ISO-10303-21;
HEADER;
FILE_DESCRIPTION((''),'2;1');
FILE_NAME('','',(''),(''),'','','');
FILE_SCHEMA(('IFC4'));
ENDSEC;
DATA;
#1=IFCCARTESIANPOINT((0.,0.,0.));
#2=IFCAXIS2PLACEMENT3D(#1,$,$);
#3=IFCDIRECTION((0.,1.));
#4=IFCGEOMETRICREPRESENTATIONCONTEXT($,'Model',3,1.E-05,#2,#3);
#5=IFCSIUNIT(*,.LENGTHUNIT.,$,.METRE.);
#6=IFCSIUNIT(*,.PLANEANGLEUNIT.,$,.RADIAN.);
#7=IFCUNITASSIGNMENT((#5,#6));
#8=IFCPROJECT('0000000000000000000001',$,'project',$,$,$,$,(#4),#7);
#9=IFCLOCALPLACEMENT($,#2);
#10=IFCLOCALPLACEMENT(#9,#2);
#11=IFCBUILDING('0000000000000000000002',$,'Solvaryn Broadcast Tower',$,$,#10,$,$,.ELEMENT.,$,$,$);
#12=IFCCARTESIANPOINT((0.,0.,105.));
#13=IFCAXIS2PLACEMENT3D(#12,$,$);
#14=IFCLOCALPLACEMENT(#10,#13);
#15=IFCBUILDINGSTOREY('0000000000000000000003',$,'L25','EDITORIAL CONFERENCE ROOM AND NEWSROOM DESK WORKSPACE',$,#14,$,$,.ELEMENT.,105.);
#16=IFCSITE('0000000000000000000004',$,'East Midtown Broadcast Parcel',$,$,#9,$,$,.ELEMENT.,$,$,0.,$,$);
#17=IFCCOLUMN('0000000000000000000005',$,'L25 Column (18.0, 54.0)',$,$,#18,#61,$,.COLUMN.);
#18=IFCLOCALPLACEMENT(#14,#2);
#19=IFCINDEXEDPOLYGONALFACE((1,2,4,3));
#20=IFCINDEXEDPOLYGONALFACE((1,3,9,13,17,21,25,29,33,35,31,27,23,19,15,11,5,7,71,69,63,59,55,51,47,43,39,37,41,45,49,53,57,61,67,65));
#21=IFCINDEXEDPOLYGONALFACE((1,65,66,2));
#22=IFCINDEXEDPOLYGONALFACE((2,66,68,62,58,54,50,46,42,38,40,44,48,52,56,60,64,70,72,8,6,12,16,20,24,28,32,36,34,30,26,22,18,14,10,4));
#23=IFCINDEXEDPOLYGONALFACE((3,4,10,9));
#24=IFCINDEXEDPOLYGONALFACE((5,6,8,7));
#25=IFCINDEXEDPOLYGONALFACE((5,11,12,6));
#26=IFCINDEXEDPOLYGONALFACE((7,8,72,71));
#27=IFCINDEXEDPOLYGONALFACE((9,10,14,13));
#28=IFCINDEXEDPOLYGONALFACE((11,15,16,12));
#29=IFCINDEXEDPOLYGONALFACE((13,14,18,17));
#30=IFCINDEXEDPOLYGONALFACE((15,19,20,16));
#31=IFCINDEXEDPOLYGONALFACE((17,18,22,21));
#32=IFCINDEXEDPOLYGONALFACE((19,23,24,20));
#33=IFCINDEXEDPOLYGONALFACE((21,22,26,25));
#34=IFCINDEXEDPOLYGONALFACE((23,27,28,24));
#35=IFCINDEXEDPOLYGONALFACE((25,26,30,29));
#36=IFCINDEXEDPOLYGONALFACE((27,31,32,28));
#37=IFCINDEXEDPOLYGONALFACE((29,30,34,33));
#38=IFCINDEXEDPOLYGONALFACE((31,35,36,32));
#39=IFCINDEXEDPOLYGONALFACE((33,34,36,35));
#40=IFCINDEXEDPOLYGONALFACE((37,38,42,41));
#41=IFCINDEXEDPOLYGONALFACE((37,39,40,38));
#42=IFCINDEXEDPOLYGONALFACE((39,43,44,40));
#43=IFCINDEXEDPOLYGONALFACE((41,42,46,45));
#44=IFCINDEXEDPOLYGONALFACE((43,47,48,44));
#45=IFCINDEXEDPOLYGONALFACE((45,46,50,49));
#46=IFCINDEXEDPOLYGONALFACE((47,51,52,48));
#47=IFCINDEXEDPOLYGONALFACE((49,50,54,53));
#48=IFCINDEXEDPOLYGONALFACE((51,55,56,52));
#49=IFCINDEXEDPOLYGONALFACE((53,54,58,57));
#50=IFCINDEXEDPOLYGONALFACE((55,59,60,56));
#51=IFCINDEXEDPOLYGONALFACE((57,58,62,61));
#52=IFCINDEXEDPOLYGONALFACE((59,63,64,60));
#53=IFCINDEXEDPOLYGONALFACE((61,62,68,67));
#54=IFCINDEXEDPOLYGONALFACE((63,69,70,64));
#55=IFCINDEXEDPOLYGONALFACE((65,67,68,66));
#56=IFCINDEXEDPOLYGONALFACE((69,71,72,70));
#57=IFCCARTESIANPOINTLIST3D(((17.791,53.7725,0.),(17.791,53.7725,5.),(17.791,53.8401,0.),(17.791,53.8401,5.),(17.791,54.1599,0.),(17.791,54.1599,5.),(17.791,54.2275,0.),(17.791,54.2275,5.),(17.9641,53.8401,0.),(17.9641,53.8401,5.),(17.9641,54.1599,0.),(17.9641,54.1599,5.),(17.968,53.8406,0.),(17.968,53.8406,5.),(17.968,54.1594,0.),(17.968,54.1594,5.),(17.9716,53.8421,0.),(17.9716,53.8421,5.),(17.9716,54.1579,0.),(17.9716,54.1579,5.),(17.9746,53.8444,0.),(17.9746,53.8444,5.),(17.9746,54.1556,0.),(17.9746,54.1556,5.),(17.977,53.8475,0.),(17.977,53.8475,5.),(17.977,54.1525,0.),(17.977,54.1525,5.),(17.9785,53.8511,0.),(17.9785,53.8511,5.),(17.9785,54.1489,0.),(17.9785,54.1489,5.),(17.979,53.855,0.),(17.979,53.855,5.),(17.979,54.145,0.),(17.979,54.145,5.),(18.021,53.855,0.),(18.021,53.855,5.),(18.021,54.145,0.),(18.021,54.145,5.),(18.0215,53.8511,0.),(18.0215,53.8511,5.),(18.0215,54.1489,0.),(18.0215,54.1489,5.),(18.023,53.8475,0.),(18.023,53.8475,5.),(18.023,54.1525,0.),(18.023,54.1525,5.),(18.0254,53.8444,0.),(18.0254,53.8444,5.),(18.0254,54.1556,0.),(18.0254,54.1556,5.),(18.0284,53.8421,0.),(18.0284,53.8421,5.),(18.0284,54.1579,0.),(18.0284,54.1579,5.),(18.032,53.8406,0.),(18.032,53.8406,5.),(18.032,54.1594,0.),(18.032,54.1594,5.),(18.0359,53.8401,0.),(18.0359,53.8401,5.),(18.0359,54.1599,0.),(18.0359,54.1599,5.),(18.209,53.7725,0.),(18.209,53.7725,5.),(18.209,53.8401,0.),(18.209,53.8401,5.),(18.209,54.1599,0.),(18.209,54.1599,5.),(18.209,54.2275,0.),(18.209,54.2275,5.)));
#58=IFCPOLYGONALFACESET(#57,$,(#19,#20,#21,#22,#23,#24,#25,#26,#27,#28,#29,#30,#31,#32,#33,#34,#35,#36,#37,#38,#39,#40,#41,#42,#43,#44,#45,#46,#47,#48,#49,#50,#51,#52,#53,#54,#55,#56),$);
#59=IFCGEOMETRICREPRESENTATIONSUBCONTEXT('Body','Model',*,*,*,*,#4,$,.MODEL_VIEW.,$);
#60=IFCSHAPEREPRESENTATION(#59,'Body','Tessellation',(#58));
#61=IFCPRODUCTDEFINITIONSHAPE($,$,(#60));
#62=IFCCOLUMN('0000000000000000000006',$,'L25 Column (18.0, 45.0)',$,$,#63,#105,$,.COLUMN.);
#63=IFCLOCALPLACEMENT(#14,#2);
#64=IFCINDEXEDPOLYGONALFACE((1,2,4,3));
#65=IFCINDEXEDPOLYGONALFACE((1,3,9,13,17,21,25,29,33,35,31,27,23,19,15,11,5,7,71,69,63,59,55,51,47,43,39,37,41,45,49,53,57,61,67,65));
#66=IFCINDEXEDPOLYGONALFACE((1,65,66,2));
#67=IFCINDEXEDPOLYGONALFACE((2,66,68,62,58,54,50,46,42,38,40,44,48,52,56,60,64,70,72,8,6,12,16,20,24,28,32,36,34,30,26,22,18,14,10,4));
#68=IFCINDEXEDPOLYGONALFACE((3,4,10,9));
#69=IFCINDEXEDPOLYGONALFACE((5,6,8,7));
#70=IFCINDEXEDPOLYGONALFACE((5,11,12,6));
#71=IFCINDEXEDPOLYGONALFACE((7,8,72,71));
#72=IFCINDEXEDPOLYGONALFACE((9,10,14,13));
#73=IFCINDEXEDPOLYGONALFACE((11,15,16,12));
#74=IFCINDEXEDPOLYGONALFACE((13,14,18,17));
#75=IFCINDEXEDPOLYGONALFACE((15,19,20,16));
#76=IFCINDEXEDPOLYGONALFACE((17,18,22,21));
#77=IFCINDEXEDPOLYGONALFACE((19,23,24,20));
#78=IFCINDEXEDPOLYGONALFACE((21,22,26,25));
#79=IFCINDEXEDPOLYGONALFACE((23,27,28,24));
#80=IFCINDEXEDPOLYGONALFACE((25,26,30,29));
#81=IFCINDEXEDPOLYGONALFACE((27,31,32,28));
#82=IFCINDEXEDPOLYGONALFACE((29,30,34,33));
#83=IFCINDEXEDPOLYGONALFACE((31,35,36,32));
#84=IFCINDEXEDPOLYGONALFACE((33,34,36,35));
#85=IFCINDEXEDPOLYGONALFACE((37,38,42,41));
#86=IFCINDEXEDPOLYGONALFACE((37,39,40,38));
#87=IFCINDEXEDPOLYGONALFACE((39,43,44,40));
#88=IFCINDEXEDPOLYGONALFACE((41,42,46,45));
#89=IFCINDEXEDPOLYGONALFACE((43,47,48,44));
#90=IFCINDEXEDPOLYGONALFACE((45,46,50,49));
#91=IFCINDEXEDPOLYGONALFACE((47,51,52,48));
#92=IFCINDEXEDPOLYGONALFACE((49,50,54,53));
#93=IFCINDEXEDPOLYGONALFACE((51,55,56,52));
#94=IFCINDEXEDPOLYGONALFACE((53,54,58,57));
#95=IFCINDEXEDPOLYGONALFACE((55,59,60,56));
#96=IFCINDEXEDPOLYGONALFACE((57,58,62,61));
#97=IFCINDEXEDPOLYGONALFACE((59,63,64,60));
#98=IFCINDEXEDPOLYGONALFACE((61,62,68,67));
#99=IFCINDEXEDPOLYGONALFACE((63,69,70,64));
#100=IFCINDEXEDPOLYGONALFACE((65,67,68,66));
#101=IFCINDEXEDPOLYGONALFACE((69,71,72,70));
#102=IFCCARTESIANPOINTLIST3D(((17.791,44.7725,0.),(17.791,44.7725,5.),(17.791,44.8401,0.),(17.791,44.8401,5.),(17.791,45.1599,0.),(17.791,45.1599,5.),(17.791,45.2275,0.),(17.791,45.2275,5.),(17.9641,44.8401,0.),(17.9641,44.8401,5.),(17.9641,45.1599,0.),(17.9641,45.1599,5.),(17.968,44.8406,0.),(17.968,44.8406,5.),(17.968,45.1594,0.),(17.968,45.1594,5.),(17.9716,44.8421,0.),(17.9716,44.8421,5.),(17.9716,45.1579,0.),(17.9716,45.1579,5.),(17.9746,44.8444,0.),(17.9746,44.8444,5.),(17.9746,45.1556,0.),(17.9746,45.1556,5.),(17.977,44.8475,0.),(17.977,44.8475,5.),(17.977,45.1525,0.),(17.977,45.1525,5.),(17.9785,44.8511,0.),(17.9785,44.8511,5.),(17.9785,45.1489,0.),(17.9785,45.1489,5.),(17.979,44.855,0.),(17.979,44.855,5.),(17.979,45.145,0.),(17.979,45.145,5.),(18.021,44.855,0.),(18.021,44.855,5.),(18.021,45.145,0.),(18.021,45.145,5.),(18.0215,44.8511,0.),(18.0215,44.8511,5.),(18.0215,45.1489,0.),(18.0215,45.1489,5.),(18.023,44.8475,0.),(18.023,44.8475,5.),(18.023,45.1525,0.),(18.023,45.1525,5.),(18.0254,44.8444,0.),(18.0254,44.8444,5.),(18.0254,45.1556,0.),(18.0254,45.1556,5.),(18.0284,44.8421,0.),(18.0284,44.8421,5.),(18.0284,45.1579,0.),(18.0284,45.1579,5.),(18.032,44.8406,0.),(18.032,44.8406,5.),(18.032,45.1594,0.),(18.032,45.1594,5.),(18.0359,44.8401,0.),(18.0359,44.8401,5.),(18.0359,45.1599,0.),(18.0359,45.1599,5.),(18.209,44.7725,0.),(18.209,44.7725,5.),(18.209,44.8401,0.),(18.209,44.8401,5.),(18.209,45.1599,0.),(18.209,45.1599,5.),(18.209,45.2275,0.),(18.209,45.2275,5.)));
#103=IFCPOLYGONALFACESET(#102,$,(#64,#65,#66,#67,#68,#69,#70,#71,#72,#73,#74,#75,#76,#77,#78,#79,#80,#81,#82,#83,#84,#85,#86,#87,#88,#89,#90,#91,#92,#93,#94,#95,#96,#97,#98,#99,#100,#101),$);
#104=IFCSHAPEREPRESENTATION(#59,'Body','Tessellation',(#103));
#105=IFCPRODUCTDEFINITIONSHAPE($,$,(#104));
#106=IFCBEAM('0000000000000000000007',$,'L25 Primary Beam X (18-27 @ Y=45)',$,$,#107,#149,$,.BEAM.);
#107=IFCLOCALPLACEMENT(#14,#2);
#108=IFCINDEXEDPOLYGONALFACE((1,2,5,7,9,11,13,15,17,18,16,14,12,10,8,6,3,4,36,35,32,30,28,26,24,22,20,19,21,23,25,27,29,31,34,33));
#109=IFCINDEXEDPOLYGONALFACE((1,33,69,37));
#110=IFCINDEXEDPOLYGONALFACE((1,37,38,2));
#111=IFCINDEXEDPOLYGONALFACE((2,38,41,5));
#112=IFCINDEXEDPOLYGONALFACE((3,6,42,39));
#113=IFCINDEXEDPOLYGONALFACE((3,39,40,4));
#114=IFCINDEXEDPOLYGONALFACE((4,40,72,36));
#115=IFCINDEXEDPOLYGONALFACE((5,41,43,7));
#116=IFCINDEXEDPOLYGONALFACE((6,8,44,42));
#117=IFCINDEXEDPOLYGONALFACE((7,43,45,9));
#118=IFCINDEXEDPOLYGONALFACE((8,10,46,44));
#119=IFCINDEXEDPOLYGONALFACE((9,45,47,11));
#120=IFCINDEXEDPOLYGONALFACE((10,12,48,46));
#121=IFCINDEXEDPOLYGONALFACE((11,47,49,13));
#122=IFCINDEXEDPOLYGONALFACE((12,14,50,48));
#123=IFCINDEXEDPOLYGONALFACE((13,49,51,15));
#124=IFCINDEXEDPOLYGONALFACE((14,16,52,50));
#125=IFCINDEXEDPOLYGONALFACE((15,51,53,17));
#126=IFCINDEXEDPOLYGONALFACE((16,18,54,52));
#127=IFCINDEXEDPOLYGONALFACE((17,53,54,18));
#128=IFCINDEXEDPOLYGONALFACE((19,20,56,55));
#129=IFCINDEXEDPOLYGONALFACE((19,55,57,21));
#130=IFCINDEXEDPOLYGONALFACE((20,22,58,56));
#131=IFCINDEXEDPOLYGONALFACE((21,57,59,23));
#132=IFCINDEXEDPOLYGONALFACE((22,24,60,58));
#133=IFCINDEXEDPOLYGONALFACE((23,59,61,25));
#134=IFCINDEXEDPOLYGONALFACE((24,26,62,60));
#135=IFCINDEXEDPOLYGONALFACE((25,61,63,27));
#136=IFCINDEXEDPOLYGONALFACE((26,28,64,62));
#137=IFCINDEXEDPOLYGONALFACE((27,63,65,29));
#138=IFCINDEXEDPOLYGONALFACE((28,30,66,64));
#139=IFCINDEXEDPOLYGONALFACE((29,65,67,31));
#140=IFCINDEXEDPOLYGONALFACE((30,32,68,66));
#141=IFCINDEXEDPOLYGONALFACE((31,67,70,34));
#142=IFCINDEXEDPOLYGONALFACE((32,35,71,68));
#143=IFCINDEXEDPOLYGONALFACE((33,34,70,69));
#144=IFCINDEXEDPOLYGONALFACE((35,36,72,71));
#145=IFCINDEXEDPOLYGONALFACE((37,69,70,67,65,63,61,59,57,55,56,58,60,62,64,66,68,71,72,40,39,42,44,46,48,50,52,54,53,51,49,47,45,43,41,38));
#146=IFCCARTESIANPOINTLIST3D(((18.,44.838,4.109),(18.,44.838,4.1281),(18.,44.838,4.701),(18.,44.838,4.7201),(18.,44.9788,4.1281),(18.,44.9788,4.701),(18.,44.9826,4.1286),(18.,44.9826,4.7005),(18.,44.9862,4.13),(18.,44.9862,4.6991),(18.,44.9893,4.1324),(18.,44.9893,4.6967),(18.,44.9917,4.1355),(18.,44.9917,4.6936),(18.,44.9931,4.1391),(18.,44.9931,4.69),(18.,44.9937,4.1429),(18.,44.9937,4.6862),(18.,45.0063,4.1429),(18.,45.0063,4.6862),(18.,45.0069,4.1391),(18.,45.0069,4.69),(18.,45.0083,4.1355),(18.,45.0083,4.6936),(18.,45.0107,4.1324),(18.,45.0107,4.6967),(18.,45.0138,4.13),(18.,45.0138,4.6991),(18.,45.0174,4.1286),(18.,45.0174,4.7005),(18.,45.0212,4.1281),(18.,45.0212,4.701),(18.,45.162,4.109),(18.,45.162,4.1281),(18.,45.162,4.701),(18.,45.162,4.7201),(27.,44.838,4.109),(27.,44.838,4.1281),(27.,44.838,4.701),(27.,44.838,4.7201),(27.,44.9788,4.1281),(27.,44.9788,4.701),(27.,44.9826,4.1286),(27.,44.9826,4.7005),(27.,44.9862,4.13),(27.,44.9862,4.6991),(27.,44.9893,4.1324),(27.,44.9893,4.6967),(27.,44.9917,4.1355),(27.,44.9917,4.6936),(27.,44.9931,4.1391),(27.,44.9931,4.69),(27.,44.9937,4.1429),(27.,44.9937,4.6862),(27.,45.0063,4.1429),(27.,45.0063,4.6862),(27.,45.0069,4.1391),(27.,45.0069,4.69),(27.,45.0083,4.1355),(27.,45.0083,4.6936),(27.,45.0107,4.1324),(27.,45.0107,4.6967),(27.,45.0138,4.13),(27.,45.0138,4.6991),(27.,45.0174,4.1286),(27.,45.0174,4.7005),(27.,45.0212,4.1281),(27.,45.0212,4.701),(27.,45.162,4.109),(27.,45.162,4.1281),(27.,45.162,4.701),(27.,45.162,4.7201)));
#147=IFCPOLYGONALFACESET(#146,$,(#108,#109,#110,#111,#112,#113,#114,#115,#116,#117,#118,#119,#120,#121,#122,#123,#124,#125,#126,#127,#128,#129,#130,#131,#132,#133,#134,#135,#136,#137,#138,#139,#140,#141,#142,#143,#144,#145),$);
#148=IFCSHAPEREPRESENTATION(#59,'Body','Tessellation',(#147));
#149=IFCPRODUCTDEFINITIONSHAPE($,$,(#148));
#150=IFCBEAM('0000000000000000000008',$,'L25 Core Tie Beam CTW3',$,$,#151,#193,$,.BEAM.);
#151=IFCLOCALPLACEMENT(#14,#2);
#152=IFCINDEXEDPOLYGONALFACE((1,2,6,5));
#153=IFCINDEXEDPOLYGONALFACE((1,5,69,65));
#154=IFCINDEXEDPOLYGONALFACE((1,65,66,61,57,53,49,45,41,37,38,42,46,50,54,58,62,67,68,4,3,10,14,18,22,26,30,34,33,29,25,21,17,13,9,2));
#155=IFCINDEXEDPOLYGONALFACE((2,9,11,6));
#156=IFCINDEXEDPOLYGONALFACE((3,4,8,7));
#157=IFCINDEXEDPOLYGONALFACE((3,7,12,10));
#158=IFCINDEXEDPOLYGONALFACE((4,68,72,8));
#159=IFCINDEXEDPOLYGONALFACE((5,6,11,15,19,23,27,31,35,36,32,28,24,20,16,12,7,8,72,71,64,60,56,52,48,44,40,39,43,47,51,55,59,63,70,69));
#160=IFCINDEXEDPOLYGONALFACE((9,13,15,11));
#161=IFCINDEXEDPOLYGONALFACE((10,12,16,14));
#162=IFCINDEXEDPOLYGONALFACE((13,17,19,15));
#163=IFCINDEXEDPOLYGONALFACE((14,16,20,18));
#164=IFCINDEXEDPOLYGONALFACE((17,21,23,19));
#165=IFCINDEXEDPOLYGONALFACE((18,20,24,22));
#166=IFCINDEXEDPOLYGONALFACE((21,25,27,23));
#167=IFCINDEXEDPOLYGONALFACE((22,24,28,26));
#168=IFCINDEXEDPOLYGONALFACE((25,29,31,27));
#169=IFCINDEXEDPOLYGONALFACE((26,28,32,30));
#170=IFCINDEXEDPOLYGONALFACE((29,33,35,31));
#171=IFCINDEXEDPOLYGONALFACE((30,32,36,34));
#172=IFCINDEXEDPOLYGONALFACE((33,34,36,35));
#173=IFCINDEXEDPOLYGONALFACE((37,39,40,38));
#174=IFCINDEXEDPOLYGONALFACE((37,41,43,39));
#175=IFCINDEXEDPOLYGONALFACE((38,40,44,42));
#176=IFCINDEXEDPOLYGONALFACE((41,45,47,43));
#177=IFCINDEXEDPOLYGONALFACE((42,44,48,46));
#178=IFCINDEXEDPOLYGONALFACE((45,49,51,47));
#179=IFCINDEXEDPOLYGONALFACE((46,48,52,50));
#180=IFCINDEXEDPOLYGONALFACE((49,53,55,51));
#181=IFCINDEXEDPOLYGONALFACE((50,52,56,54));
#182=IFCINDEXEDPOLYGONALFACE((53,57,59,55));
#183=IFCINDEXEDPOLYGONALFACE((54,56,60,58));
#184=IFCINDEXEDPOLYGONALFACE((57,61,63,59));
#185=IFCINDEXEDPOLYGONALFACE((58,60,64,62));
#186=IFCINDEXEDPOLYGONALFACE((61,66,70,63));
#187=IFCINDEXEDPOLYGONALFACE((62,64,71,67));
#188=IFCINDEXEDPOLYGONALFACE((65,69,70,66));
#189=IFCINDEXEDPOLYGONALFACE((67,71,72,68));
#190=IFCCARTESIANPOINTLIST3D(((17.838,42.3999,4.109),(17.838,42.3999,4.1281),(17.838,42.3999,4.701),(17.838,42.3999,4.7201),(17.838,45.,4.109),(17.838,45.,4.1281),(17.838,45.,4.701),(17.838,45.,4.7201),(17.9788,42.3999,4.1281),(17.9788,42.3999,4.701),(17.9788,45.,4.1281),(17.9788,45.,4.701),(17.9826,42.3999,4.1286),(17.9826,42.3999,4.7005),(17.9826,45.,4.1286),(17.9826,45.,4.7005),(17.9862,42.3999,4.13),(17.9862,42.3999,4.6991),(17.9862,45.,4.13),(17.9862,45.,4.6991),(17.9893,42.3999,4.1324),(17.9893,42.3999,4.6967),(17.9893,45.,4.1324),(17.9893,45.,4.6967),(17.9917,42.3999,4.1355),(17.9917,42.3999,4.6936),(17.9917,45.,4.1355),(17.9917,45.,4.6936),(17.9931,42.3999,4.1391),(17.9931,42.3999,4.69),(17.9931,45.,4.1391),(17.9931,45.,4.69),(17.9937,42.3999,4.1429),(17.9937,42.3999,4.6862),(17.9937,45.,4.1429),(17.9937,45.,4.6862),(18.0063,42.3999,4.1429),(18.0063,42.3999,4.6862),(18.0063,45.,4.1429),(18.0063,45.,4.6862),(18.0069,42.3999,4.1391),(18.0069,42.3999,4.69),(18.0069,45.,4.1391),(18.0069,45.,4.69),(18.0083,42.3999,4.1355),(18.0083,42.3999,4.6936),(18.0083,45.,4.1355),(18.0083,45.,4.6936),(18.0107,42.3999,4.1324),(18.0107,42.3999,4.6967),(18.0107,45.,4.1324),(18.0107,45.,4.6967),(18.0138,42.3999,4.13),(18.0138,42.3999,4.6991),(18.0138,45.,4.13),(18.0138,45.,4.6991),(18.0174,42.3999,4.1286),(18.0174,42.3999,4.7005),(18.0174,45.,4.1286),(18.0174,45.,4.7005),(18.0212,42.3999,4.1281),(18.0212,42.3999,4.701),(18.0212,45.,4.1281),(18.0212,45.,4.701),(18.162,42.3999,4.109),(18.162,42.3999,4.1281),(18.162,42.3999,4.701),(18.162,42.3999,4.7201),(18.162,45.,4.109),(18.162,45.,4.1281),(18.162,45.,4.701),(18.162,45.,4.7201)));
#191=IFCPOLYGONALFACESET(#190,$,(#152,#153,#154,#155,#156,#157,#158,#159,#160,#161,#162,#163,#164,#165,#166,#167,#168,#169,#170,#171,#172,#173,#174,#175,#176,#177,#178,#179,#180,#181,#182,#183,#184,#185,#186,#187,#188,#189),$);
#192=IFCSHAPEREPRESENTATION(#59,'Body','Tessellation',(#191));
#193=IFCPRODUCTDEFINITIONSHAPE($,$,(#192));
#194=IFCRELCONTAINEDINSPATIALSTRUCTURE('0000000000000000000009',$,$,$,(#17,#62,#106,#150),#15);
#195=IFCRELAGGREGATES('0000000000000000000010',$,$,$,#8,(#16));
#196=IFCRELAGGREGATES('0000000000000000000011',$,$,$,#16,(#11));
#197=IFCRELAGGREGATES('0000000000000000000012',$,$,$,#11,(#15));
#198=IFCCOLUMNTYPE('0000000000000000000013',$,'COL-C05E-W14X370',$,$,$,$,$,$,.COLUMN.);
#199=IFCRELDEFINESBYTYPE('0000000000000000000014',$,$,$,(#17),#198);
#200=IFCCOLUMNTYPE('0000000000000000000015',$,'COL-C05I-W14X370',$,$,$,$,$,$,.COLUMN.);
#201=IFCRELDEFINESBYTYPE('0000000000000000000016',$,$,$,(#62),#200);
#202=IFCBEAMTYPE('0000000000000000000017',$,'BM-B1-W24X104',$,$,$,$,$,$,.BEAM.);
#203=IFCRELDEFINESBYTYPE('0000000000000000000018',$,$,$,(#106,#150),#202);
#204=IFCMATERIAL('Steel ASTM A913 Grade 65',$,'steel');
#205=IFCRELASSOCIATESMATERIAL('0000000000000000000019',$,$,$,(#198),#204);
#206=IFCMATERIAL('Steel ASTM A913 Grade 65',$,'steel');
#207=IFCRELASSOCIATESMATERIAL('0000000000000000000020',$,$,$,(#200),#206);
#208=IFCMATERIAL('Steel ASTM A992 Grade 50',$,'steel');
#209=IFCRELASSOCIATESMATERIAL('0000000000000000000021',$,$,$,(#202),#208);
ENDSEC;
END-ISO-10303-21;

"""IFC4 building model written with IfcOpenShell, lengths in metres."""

from ifc_helpers import new_model, si_unit, direction, frame, origin, origin_2d, place, context, subcontext, project, spatial, i_section, extrude, material, material_profile, profile_set, type_object, element, save


model = new_model("IFC4")

# Units and contexts
model_context = context("Model", 3, precision=1e-05, world=origin(), true_north=direction((0.0, 1.0)))
body_context = subcontext(model_context, "Body", "Model", "MODEL_VIEW")
ifc_project = project(units=[si_unit("LENGTHUNIT", "METRE"), si_unit("PLANEANGLEUNIT", "RADIAN")], contexts=[model_context])

# Site, building, storey
site_placement = place(None, origin())
site = spatial("IfcSite", under=ifc_project, at=site_placement, Name="East Midtown Broadcast Parcel", CompositionType="ELEMENT", RefElevation=0.0)
building_placement = place(site_placement, origin())
building = spatial("IfcBuilding", under=site, at=building_placement, Name="Solvaryn Broadcast Tower", CompositionType="ELEMENT")
storey_placement = place(building_placement, frame((0.0, 0.0, 105.0)))
storey = spatial("IfcBuildingStorey", under=building, at=storey_placement, Name="L25", Description="EDITORIAL CONFERENCE ROOM AND NEWSROOM DESK WORKSPACE", CompositionType="ELEMENT", Elevation=105.0)

# Columns
ifc_material_1 = material(Name="Steel ASTM A913 Grade 65", Category="steel")
ifc_material_profile_1 = material_profile(ifc_material_1, i_section(OverallWidth=0.418, OverallDepth=0.4551, WebThickness=0.042, FlangeThickness=0.0676, FilletRadius=0.0149, at=origin_2d()))
ifc_profile_set_1 = profile_set([ifc_material_profile_1], Name="Steel ASTM A913 Grade 65")
column_type_1 = type_object("IfcColumnType", Name="COL-C05E-W14X370", PredefinedType="COLUMN", material=ifc_profile_set_1)
column_1_placement = place(storey_placement, frame((18.0, 54.0, 0.0), z_axis=(0.0, 0.0, 1.0), x_axis=(1.0, 0.0, 0.0)))
element("IfcColumn", 1, at=column_1_placement, inside=storey, type_object=column_type_1, Name="L25 Column (18.0, 54.0)", PredefinedType="COLUMN", context=body_context, shape_type="SweptSolid", body=[
    extrude(i_section(OverallWidth=0.418, OverallDepth=0.4551, WebThickness=0.042, FlangeThickness=0.0676, FilletRadius=0.0149, at=origin_2d()), origin(), (0.0, 0.0, 1.0), 5.0),
])
ifc_material_2 = material(Name="Steel ASTM A913 Grade 65", Category="steel")
ifc_material_profile_2 = material_profile(ifc_material_2, i_section(OverallWidth=0.418, OverallDepth=0.4551, WebThickness=0.042, FlangeThickness=0.0676, FilletRadius=0.0149, at=origin_2d()))
ifc_profile_set_2 = profile_set([ifc_material_profile_2], Name="Steel ASTM A913 Grade 65")
column_type_2 = type_object("IfcColumnType", Name="COL-C05I-W14X370", PredefinedType="COLUMN", material=ifc_profile_set_2)
column_2_placement = place(storey_placement, frame((18.0, 45.0, 0.0), z_axis=(0.0, 0.0, 1.0), x_axis=(1.0, 0.0, 0.0)))
element("IfcColumn", 2, at=column_2_placement, inside=storey, type_object=column_type_2, Name="L25 Column (18.0, 45.0)", PredefinedType="COLUMN", context=body_context, shape_type="SweptSolid", body=[
    extrude(i_section(OverallWidth=0.418, OverallDepth=0.4551, WebThickness=0.042, FlangeThickness=0.0676, FilletRadius=0.0149, at=origin_2d()), origin(), (0.0, 0.0, 1.0), 5.0),
])

# Beams
ifc_material_3 = material(Name="Steel ASTM A992 Grade 50", Category="steel")
ifc_material_profile_3 = material_profile(ifc_material_3, i_section(OverallWidth=0.324, OverallDepth=0.6111, WebThickness=0.0127, FlangeThickness=0.019, FilletRadius=0.0149, at=origin_2d()))
ifc_profile_set_3 = profile_set([ifc_material_profile_3], Name="Steel ASTM A992 Grade 50")
beam_type_1 = type_object("IfcBeamType", Name="BM-B1-W24X104", PredefinedType="BEAM", material=ifc_profile_set_3)
beam_1_placement = place(storey_placement, frame((18.0, 45.0, 4.4146), z_axis=(1.0, 0.0, 0.0), x_axis=(0.0, 1.0, 0.0)))
element("IfcBeam", 3, at=beam_1_placement, inside=storey, type_object=beam_type_1, Name="L25 Primary Beam X (18-27 @ Y=45)", PredefinedType="BEAM", context=body_context, shape_type="SweptSolid", body=[
    extrude(i_section(OverallWidth=0.324, OverallDepth=0.6111, WebThickness=0.0127, FlangeThickness=0.019, FilletRadius=0.0149, at=origin_2d()), origin(), (0.0, 0.0, 1.0), 9.0),
])
beam_2_placement = place(storey_placement, frame((18.0, 42.3999, 4.4146), z_axis=(0.0, 1.0, 0.0), x_axis=(-1.0, 0.0, 0.0)))
element("IfcBeam", 4, at=beam_2_placement, inside=storey, type_object=beam_type_1, Name="L25 Core Tie Beam CTW3", PredefinedType="BEAM", context=body_context, shape_type="SweptSolid", body=[
    extrude(i_section(OverallWidth=0.324, OverallDepth=0.6111, WebThickness=0.0127, FlangeThickness=0.019, FilletRadius=0.0149, at=origin_2d()), origin(), (0.0, 0.0, 1.0), 2.6001),
])

save(model, "model.ifc")
